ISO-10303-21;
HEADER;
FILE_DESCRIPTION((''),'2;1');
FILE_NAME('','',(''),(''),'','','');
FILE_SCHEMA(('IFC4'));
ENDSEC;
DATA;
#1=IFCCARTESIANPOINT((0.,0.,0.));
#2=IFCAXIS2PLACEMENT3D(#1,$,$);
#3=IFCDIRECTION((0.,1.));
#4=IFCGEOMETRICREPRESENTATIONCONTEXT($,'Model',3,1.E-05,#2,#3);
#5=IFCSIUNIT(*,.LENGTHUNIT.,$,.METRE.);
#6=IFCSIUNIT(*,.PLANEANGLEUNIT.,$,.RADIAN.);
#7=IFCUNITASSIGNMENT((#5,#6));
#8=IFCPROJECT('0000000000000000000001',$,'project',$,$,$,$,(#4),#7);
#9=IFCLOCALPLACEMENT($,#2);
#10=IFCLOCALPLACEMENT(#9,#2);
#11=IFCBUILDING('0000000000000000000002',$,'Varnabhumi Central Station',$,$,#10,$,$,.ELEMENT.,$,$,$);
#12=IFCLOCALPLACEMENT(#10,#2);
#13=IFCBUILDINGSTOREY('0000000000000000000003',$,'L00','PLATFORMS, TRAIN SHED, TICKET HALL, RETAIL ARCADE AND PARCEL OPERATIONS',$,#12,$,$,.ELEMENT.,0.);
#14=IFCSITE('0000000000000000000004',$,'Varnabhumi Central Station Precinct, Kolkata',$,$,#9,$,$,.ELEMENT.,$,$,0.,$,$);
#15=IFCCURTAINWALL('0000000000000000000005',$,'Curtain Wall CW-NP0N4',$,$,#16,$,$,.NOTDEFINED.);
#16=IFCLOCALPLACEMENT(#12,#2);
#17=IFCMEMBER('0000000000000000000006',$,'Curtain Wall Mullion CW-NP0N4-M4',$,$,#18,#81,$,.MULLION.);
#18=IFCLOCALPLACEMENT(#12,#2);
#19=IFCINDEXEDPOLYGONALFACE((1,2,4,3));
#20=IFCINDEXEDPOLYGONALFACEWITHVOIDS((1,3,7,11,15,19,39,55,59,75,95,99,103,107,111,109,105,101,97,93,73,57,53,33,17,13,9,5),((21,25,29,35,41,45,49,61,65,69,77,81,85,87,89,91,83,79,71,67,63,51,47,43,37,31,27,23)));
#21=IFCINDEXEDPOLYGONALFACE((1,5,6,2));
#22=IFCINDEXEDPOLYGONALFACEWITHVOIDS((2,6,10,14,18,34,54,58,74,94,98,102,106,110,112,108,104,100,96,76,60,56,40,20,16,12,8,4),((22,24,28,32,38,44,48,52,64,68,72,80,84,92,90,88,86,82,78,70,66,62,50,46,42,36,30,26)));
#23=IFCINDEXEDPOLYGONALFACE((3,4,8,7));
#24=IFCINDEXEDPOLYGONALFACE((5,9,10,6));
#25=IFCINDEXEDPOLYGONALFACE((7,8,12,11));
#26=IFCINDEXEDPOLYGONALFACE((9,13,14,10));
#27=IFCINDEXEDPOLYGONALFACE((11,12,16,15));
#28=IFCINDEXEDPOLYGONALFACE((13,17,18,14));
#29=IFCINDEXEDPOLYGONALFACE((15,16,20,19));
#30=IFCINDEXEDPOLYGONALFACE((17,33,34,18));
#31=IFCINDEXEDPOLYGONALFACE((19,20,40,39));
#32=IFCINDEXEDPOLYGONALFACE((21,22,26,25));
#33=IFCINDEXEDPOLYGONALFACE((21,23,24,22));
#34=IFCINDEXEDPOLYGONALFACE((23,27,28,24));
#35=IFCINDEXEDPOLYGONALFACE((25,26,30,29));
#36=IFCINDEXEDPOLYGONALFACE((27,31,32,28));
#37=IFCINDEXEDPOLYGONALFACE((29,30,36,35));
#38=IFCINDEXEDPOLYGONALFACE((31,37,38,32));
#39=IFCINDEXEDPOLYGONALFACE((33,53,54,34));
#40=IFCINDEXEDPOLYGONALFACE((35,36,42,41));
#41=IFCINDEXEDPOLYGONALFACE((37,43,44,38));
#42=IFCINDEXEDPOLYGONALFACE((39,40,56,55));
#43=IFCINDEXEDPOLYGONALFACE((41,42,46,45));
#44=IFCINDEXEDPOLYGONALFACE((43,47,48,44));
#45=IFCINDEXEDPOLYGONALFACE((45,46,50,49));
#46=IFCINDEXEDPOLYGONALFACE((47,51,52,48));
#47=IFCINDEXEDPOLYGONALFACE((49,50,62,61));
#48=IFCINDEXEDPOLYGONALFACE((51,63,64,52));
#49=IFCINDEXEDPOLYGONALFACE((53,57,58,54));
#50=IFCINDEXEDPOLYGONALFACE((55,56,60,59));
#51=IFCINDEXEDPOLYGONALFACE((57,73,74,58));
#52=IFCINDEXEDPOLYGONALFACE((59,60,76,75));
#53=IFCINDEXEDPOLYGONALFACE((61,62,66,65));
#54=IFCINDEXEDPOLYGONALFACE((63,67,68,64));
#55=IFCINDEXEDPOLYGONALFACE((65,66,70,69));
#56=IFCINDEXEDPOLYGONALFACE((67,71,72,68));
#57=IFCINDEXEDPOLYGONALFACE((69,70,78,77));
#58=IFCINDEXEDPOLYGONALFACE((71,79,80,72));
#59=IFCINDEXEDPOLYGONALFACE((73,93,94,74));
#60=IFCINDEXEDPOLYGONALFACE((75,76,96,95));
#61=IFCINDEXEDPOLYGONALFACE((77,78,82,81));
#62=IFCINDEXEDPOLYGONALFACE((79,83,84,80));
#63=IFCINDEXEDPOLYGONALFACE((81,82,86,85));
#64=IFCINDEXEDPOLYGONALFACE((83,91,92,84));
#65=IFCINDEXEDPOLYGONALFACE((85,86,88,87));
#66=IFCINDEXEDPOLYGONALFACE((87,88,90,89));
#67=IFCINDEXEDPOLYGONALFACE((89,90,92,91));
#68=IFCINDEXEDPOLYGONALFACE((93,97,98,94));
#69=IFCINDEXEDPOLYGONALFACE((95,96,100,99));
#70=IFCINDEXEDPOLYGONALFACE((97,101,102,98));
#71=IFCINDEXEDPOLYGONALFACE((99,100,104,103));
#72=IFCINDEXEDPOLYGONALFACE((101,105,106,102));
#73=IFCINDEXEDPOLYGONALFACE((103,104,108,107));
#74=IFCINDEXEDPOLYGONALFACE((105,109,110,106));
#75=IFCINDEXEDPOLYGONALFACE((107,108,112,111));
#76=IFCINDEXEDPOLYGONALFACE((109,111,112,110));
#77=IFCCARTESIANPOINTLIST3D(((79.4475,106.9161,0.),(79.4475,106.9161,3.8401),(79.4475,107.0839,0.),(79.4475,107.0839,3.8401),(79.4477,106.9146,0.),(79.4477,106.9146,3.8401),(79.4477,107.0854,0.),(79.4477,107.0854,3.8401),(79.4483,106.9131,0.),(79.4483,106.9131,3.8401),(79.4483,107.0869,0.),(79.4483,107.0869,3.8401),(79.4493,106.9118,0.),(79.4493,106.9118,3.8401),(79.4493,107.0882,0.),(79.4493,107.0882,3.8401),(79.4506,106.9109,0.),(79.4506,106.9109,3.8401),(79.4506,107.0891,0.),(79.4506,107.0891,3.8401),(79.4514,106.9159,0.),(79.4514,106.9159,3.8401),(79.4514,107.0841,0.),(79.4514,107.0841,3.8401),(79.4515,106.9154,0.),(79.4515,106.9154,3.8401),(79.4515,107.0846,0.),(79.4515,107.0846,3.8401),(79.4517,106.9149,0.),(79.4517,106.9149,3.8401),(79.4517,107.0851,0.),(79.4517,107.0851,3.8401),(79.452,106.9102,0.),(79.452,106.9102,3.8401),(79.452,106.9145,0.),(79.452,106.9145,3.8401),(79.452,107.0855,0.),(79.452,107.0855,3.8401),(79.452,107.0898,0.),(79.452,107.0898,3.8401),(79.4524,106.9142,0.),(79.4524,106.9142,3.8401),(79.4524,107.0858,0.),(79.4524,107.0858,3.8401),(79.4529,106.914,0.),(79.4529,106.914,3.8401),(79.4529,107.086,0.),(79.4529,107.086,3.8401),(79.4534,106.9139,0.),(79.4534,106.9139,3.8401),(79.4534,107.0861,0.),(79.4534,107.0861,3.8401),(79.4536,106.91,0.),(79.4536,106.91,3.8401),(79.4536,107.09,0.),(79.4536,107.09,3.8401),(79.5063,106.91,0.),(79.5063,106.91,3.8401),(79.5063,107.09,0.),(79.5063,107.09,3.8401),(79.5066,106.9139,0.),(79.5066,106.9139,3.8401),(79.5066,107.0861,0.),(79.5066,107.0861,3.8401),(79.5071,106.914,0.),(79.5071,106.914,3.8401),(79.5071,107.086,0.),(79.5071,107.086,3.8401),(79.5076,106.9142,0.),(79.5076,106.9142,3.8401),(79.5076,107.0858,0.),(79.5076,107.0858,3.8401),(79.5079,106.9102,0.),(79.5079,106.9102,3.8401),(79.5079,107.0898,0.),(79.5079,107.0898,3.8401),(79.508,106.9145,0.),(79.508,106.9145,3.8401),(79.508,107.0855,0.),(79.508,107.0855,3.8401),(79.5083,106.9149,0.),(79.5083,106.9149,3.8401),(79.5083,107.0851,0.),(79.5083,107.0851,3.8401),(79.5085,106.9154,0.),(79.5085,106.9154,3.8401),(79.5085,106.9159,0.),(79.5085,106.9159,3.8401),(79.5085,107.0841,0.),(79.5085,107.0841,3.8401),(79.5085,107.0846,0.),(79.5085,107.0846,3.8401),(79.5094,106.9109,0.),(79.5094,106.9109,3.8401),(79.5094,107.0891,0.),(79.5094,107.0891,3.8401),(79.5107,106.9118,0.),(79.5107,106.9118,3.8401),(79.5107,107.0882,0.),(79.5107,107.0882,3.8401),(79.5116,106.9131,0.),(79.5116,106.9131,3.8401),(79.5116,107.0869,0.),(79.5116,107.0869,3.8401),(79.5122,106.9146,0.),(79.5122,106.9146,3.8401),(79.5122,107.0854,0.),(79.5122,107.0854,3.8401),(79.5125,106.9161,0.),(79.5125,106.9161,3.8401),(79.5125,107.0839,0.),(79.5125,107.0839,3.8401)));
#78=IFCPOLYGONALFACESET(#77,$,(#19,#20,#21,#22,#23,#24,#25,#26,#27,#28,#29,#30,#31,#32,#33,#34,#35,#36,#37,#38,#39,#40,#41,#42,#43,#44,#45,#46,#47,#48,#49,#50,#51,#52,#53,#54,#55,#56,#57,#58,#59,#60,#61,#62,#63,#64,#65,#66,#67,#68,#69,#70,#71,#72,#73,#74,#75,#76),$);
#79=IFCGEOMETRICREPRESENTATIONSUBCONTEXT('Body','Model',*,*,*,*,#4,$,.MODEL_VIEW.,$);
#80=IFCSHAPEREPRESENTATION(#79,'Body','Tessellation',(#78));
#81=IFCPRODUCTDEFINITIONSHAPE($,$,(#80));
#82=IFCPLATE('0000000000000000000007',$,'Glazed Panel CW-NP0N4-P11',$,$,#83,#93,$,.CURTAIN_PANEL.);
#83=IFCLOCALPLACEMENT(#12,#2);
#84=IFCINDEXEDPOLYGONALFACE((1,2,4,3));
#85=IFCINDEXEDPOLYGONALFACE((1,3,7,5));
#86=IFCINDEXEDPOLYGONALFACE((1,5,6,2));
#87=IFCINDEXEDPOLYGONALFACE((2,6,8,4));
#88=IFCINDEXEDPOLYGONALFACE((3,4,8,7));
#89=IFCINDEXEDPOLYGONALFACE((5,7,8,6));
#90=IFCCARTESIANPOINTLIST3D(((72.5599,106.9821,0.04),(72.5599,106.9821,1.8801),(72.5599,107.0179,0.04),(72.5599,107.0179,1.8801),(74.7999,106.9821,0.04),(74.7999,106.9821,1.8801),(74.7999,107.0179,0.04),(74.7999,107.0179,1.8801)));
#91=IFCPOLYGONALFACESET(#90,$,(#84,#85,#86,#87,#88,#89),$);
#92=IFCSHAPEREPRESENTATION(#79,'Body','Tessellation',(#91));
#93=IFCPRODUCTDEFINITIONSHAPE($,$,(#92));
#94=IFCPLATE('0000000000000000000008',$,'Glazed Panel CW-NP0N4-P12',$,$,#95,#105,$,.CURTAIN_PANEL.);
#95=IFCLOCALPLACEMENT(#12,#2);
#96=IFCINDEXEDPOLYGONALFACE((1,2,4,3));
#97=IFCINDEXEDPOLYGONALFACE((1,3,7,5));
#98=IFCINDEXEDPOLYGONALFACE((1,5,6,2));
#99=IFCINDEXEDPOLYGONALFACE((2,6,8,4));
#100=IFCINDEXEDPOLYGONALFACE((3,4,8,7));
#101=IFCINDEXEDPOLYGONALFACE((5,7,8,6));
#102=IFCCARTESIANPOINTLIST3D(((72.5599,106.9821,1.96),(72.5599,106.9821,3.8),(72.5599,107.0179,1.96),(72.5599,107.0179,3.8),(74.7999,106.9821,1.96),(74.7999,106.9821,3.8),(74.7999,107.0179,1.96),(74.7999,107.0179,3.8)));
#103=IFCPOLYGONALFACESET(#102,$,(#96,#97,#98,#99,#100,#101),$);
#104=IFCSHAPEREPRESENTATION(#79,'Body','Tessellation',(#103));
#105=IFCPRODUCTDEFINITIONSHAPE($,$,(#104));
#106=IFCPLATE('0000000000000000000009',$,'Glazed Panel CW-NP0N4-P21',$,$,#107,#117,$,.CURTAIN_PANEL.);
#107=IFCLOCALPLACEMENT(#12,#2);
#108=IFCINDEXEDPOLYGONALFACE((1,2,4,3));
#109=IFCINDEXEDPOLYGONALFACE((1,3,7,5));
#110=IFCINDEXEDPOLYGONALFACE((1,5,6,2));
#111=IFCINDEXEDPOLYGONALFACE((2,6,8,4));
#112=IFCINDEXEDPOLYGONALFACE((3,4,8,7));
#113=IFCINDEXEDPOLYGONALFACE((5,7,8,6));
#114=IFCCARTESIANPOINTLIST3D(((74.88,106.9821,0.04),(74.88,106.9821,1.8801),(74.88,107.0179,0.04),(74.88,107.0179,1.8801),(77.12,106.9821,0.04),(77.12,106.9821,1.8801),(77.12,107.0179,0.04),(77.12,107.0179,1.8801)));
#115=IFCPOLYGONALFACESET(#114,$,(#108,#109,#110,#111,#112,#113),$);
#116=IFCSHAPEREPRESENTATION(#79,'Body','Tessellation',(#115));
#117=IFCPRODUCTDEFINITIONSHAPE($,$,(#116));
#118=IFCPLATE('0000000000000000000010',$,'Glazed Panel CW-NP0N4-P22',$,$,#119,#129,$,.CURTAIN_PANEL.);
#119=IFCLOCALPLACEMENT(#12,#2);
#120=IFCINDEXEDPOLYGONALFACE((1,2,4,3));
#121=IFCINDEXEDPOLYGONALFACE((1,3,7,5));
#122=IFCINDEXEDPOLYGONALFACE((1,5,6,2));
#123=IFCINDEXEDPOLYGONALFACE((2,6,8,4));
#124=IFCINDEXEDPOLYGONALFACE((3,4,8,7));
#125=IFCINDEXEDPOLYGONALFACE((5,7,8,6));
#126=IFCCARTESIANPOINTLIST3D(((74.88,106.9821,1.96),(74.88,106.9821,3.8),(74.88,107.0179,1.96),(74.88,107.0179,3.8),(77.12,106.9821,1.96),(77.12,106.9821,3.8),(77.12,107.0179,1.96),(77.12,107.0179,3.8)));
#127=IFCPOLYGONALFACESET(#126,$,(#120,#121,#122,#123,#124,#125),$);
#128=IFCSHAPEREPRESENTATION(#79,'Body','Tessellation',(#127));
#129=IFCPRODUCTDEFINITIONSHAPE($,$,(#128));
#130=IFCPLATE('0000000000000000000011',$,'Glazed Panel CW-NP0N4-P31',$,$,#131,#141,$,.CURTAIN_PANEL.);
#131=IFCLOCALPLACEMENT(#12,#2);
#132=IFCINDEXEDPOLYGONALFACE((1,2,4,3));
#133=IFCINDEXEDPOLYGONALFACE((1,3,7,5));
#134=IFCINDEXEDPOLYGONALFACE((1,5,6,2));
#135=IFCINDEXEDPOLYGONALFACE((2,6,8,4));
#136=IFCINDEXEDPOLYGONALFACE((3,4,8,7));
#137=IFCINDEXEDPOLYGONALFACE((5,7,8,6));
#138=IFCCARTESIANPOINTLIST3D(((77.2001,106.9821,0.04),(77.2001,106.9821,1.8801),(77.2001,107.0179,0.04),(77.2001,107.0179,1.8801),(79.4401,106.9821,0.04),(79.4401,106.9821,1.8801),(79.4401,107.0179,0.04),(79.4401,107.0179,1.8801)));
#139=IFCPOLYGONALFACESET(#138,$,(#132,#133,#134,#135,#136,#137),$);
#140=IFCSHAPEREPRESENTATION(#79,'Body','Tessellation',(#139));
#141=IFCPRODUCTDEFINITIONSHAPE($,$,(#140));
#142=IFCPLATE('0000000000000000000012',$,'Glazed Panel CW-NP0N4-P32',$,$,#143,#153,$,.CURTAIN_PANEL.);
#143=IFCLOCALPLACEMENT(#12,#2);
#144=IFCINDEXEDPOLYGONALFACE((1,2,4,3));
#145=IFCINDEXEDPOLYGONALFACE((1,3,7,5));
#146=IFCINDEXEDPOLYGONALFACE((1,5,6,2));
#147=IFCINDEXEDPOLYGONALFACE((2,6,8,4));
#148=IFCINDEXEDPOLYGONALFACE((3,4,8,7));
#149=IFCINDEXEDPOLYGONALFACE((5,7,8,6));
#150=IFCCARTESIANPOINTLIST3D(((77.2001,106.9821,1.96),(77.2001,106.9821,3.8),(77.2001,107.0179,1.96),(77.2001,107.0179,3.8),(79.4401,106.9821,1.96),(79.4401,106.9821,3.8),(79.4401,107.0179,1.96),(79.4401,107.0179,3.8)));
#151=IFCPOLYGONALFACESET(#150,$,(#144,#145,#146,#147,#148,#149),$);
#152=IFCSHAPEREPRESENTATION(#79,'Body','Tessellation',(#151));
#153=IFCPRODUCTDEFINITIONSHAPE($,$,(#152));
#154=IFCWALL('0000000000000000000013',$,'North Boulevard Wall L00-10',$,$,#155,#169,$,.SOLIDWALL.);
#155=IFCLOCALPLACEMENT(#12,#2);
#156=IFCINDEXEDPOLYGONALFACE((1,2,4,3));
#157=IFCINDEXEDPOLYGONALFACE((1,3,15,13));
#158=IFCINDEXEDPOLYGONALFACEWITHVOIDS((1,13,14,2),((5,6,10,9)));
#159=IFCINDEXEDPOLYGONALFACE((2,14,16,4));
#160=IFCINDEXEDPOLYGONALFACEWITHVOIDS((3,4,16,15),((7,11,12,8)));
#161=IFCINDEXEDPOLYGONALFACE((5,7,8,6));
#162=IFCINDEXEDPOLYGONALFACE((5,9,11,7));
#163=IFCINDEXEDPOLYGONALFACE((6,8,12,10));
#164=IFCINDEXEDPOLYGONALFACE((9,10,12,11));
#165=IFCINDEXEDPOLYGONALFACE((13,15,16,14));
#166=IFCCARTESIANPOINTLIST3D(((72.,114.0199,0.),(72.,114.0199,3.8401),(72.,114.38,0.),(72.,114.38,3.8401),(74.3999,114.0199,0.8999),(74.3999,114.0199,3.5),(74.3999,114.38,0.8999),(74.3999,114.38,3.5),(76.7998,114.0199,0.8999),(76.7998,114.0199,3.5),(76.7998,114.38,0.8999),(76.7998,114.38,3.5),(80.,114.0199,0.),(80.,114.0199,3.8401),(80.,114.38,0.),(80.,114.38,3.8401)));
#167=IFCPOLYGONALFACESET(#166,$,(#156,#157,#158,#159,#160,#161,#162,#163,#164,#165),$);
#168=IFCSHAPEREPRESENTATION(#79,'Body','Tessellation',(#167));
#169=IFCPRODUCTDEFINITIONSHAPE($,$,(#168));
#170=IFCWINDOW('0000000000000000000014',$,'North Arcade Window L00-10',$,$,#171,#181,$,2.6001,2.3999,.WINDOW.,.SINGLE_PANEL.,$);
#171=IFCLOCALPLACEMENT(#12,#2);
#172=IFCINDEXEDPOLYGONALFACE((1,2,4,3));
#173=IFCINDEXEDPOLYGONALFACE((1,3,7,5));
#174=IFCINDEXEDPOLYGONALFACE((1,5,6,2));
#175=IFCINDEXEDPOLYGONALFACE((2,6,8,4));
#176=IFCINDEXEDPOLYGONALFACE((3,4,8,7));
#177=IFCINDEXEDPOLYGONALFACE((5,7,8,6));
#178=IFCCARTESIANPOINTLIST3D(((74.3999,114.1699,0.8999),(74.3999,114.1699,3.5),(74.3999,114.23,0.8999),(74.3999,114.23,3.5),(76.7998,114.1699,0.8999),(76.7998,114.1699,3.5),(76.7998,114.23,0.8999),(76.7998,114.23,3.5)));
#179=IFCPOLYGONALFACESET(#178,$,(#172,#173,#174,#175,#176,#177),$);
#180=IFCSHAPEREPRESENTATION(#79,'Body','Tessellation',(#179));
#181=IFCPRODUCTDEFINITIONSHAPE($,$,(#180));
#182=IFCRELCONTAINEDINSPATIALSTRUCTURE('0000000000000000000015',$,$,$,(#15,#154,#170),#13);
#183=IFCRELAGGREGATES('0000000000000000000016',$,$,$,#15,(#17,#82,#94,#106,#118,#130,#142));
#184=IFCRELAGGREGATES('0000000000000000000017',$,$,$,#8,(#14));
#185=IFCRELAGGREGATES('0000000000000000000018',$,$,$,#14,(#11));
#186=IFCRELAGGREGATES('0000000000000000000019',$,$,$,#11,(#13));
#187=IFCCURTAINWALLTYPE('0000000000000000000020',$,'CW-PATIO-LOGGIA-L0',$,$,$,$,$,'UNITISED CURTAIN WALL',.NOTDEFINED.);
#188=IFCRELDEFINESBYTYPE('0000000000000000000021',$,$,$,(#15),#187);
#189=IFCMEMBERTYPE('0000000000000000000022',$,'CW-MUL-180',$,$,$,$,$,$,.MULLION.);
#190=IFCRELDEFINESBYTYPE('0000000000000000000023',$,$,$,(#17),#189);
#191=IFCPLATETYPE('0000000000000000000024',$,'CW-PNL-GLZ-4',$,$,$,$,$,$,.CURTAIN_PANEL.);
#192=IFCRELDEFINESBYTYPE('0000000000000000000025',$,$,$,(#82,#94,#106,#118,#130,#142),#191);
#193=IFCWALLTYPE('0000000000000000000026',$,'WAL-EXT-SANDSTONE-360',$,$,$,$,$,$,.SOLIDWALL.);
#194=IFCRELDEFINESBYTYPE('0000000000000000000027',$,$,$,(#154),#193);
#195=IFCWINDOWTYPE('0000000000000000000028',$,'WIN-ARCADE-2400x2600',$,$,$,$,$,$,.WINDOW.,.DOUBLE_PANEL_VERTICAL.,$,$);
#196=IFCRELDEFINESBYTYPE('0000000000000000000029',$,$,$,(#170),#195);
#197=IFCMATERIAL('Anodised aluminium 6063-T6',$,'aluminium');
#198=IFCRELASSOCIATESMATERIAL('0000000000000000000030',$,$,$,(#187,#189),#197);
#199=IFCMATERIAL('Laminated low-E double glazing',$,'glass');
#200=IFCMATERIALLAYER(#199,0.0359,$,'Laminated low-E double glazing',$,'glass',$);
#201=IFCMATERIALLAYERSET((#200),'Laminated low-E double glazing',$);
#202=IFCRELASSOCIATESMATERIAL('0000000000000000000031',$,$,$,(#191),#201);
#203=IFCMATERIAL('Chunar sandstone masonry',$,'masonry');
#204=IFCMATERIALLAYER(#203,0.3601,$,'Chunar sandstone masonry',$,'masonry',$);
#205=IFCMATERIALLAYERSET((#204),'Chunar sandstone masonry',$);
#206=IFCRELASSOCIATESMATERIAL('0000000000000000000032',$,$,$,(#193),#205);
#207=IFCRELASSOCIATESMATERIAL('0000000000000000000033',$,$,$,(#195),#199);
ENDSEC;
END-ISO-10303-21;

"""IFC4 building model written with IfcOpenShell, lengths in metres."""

from ifc_helpers import new_model, si_unit, direction, frame, frame_2d, origin, origin_2d, place, context, subcontext, project, spatial, rectangle, hollow_rectangle, extrude, material, layer, layer_set, material_profile, profile_set, type_object, element, fill, aggregate, save


model = new_model("IFC4")

# Units and contexts
model_context = context("Model", 3, precision=1e-05, world=origin(), true_north=direction((0.0, 1.0)))
body_context = subcontext(model_context, "Body", "Model", "MODEL_VIEW")
ifc_project = project(units=[si_unit("LENGTHUNIT", "METRE"), si_unit("PLANEANGLEUNIT", "RADIAN")], contexts=[model_context])

# Site, building, storey
site_placement = place(None, origin())
site = spatial("IfcSite", under=ifc_project, at=site_placement, Name="Varnabhumi Central Station Precinct, Kolkata", CompositionType="ELEMENT", RefElevation=0.0)
building_placement = place(site_placement, origin())
building = spatial("IfcBuilding", under=site, at=building_placement, Name="Varnabhumi Central Station", CompositionType="ELEMENT")
storey_placement = place(building_placement, origin())
storey = spatial("IfcBuildingStorey", under=building, at=storey_placement, Name="L00", Description="PLATFORMS, TRAIN SHED, TICKET HALL, RETAIL ARCADE AND PARCEL OPERATIONS", CompositionType="ELEMENT", Elevation=0.0)

# Curtain wall, member, plates
ifc_material_1 = material(Name="Anodised aluminium 6063-T6", Category="aluminium")
curtain_wall_type = type_object("IfcCurtainWallType", Name="CW-PATIO-LOGGIA-L0", ElementType="UNITISED CURTAIN WALL", PredefinedType="NOTDEFINED", material=ifc_material_1)
curtain_wall_placement = place(storey_placement, origin())
curtain_wall = element("IfcCurtainWall", 1, at=curtain_wall_placement, inside=storey, type_object=curtain_wall_type, Name="Curtain Wall CW-NP0N4", PredefinedType="NOTDEFINED")
ifc_material_profile_1 = material_profile(ifc_material_1, hollow_rectangle(XDim=0.0649, YDim=0.1799, WallThickness=0.0039, InnerFilletRadius=0.002, OuterFilletRadius=0.0061, at=origin_2d()), Name="Anodised aluminium 6063-T6", Category="aluminium")
ifc_profile_set_1 = profile_set([ifc_material_profile_1], Name="Anodised aluminium 6063-T6")
member_type = type_object("IfcMemberType", Name="CW-MUL-180", PredefinedType="MULLION", material=ifc_profile_set_1)
member_1_placement = place(storey_placement, frame((79.48, 107.0, 0.0), z_axis=(0.0, 0.0, 1.0), x_axis=(1.0, 0.0, 0.0)))
member_1 = element("IfcMember", 2, at=member_1_placement, type_object=member_type, Name="Curtain Wall Mullion CW-NP0N4-M4", PredefinedType="MULLION", context=body_context, shape_type="SweptSolid", body=[
    extrude(hollow_rectangle(XDim=0.0649, YDim=0.1799, WallThickness=0.0039, InnerFilletRadius=0.002, OuterFilletRadius=0.0061, at=origin_2d()), origin(), (0.0, 0.0, 1.0), 3.8401),
])
ifc_material_2 = material(Name="Laminated low-E double glazing", Category="glass")
ifc_layer_1 = layer(ifc_material_2, 0.0359, Name="Laminated low-E double glazing", Category="glass")
ifc_layer_set_1 = layer_set([ifc_layer_1], Name="Laminated low-E double glazing")
plate_type = type_object("IfcPlateType", Name="CW-PNL-GLZ-4", PredefinedType="CURTAIN_PANEL", material=ifc_layer_set_1)
plate_1_placement = place(storey_placement, frame((73.6799, 107.0, 0.04), z_axis=(0.0, 0.0, 1.0), x_axis=(1.0, 0.0, 0.0)))
plate_1 = element("IfcPlate", 3, at=plate_1_placement, type_object=plate_type, Name="Glazed Panel CW-NP0N4-P11", PredefinedType="CURTAIN_PANEL", context=body_context, shape_type="SweptSolid", body=[
    extrude(rectangle(XDim=2.24, YDim=0.0359, at=origin_2d()), origin(), (0.0, 0.0, 1.0), 1.8401),
])
plate_2_placement = place(storey_placement, frame((73.6799, 107.0, 1.96), z_axis=(0.0, 0.0, 1.0), x_axis=(1.0, 0.0, 0.0)))
plate_2 = element("IfcPlate", 4, at=plate_2_placement, type_object=plate_type, Name="Glazed Panel CW-NP0N4-P12", PredefinedType="CURTAIN_PANEL", context=body_context, shape_type="SweptSolid", body=[
    extrude(rectangle(XDim=2.24, YDim=0.0359, at=origin_2d()), origin(), (0.0, 0.0, 1.0), 1.8401),
])
plate_3_placement = place(storey_placement, frame((76.0, 107.0, 0.04), z_axis=(0.0, 0.0, 1.0), x_axis=(1.0, 0.0, 0.0)))
plate_3 = element("IfcPlate", 5, at=plate_3_placement, type_object=plate_type, Name="Glazed Panel CW-NP0N4-P21", PredefinedType="CURTAIN_PANEL", context=body_context, shape_type="SweptSolid", body=[
    extrude(rectangle(XDim=2.24, YDim=0.0359, at=origin_2d()), origin(), (0.0, 0.0, 1.0), 1.8401),
])
plate_4_placement = place(storey_placement, frame((76.0, 107.0, 1.96), z_axis=(0.0, 0.0, 1.0), x_axis=(1.0, 0.0, 0.0)))
plate_4 = element("IfcPlate", 6, at=plate_4_placement, type_object=plate_type, Name="Glazed Panel CW-NP0N4-P22", PredefinedType="CURTAIN_PANEL", context=body_context, shape_type="SweptSolid", body=[
    extrude(rectangle(XDim=2.24, YDim=0.0359, at=origin_2d()), origin(), (0.0, 0.0, 1.0), 1.8401),
])
plate_5_placement = place(storey_placement, frame((78.3201, 107.0, 0.04), z_axis=(0.0, 0.0, 1.0), x_axis=(1.0, 0.0, 0.0)))
plate_5 = element("IfcPlate", 7, at=plate_5_placement, type_object=plate_type, Name="Glazed Panel CW-NP0N4-P31", PredefinedType="CURTAIN_PANEL", context=body_context, shape_type="SweptSolid", body=[
    extrude(rectangle(XDim=2.24, YDim=0.0359, at=origin_2d()), origin(), (0.0, 0.0, 1.0), 1.8401),
])
plate_6_placement = place(storey_placement, frame((78.3201, 107.0, 1.96), z_axis=(0.0, 0.0, 1.0), x_axis=(1.0, 0.0, 0.0)))
plate_6 = element("IfcPlate", 8, at=plate_6_placement, type_object=plate_type, Name="Glazed Panel CW-NP0N4-P32", PredefinedType="CURTAIN_PANEL", context=body_context, shape_type="SweptSolid", body=[
    extrude(rectangle(XDim=2.24, YDim=0.0359, at=origin_2d()), origin(), (0.0, 0.0, 1.0), 1.8401),
])
aggregate(curtain_wall, [member_1, plate_1, plate_2, plate_3, plate_4, plate_5, plate_6])

# Wall, opening, window
ifc_material_3 = material(Name="Chunar sandstone masonry", Category="masonry")
ifc_layer_2 = layer(ifc_material_3, 0.3601, Name="Chunar sandstone masonry", Category="masonry")
ifc_layer_set_2 = layer_set([ifc_layer_2], Name="Chunar sandstone masonry")
wall_type_1 = type_object("IfcWallType", Name="WAL-EXT-SANDSTONE-360", PredefinedType="SOLIDWALL", material=ifc_layer_set_2)
wall_1_placement = place(storey_placement, frame((72.0, 114.2, 0.0), z_axis=(0.0, 0.0, 1.0), x_axis=(1.0, 0.0, 0.0)))
wall_1 = element("IfcWall", 9, at=wall_1_placement, inside=storey, type_object=wall_type_1, Name="North Boulevard Wall L00-10", PredefinedType="SOLIDWALL", context=body_context, shape_type="SweptSolid", body=[
    extrude(rectangle(XDim=8.0, YDim=0.3601, at=frame_2d((4.0, 0.0))), origin(), (0.0, 0.0, 1.0), 3.8401),
])
opening_1_placement = place(wall_1_placement, frame((2.3999, 0.0, 0.8999)))
opening_1 = element("IfcOpeningElement", 10, at=opening_1_placement, cuts=wall_1, PredefinedType="OPENING", context=body_context, shape_type="SweptSolid", body=[
    extrude(rectangle(XDim=2.3999, YDim=2.6001, at=frame_2d((1.2, 1.3))), frame((0.0, 0.1899, 0.0), z_axis=(0.0, -1.0, 0.0), x_axis=(1.0, 0.0, 0.0)), (0.0, 0.0, 1.0), 0.3801),
])
window_type = type_object("IfcWindowType", Name="WIN-ARCADE-2400x2600", PartitioningType="DOUBLE_PANEL_VERTICAL", PredefinedType="WINDOW", material=ifc_material_2)
window_placement = place(opening_1_placement, origin())
window = element("IfcWindow", 11, at=window_placement, inside=storey, type_object=window_type, Name="North Arcade Window L00-10", OverallHeight=2.6001, OverallWidth=2.3999, PartitioningType="SINGLE_PANEL", PredefinedType="WINDOW", context=body_context, shape_type="SweptSolid", body=[
    extrude(rectangle(XDim=2.3999, YDim=2.6001, at=frame_2d((1.2, 1.3))), frame((0.0, 0.03, 0.0), z_axis=(0.0, -1.0, 0.0), x_axis=(1.0, 0.0, 0.0)), (0.0, 0.0, 1.0), 0.0601),
])
fill(opening_1, window)

save(model, "model.ifc")
